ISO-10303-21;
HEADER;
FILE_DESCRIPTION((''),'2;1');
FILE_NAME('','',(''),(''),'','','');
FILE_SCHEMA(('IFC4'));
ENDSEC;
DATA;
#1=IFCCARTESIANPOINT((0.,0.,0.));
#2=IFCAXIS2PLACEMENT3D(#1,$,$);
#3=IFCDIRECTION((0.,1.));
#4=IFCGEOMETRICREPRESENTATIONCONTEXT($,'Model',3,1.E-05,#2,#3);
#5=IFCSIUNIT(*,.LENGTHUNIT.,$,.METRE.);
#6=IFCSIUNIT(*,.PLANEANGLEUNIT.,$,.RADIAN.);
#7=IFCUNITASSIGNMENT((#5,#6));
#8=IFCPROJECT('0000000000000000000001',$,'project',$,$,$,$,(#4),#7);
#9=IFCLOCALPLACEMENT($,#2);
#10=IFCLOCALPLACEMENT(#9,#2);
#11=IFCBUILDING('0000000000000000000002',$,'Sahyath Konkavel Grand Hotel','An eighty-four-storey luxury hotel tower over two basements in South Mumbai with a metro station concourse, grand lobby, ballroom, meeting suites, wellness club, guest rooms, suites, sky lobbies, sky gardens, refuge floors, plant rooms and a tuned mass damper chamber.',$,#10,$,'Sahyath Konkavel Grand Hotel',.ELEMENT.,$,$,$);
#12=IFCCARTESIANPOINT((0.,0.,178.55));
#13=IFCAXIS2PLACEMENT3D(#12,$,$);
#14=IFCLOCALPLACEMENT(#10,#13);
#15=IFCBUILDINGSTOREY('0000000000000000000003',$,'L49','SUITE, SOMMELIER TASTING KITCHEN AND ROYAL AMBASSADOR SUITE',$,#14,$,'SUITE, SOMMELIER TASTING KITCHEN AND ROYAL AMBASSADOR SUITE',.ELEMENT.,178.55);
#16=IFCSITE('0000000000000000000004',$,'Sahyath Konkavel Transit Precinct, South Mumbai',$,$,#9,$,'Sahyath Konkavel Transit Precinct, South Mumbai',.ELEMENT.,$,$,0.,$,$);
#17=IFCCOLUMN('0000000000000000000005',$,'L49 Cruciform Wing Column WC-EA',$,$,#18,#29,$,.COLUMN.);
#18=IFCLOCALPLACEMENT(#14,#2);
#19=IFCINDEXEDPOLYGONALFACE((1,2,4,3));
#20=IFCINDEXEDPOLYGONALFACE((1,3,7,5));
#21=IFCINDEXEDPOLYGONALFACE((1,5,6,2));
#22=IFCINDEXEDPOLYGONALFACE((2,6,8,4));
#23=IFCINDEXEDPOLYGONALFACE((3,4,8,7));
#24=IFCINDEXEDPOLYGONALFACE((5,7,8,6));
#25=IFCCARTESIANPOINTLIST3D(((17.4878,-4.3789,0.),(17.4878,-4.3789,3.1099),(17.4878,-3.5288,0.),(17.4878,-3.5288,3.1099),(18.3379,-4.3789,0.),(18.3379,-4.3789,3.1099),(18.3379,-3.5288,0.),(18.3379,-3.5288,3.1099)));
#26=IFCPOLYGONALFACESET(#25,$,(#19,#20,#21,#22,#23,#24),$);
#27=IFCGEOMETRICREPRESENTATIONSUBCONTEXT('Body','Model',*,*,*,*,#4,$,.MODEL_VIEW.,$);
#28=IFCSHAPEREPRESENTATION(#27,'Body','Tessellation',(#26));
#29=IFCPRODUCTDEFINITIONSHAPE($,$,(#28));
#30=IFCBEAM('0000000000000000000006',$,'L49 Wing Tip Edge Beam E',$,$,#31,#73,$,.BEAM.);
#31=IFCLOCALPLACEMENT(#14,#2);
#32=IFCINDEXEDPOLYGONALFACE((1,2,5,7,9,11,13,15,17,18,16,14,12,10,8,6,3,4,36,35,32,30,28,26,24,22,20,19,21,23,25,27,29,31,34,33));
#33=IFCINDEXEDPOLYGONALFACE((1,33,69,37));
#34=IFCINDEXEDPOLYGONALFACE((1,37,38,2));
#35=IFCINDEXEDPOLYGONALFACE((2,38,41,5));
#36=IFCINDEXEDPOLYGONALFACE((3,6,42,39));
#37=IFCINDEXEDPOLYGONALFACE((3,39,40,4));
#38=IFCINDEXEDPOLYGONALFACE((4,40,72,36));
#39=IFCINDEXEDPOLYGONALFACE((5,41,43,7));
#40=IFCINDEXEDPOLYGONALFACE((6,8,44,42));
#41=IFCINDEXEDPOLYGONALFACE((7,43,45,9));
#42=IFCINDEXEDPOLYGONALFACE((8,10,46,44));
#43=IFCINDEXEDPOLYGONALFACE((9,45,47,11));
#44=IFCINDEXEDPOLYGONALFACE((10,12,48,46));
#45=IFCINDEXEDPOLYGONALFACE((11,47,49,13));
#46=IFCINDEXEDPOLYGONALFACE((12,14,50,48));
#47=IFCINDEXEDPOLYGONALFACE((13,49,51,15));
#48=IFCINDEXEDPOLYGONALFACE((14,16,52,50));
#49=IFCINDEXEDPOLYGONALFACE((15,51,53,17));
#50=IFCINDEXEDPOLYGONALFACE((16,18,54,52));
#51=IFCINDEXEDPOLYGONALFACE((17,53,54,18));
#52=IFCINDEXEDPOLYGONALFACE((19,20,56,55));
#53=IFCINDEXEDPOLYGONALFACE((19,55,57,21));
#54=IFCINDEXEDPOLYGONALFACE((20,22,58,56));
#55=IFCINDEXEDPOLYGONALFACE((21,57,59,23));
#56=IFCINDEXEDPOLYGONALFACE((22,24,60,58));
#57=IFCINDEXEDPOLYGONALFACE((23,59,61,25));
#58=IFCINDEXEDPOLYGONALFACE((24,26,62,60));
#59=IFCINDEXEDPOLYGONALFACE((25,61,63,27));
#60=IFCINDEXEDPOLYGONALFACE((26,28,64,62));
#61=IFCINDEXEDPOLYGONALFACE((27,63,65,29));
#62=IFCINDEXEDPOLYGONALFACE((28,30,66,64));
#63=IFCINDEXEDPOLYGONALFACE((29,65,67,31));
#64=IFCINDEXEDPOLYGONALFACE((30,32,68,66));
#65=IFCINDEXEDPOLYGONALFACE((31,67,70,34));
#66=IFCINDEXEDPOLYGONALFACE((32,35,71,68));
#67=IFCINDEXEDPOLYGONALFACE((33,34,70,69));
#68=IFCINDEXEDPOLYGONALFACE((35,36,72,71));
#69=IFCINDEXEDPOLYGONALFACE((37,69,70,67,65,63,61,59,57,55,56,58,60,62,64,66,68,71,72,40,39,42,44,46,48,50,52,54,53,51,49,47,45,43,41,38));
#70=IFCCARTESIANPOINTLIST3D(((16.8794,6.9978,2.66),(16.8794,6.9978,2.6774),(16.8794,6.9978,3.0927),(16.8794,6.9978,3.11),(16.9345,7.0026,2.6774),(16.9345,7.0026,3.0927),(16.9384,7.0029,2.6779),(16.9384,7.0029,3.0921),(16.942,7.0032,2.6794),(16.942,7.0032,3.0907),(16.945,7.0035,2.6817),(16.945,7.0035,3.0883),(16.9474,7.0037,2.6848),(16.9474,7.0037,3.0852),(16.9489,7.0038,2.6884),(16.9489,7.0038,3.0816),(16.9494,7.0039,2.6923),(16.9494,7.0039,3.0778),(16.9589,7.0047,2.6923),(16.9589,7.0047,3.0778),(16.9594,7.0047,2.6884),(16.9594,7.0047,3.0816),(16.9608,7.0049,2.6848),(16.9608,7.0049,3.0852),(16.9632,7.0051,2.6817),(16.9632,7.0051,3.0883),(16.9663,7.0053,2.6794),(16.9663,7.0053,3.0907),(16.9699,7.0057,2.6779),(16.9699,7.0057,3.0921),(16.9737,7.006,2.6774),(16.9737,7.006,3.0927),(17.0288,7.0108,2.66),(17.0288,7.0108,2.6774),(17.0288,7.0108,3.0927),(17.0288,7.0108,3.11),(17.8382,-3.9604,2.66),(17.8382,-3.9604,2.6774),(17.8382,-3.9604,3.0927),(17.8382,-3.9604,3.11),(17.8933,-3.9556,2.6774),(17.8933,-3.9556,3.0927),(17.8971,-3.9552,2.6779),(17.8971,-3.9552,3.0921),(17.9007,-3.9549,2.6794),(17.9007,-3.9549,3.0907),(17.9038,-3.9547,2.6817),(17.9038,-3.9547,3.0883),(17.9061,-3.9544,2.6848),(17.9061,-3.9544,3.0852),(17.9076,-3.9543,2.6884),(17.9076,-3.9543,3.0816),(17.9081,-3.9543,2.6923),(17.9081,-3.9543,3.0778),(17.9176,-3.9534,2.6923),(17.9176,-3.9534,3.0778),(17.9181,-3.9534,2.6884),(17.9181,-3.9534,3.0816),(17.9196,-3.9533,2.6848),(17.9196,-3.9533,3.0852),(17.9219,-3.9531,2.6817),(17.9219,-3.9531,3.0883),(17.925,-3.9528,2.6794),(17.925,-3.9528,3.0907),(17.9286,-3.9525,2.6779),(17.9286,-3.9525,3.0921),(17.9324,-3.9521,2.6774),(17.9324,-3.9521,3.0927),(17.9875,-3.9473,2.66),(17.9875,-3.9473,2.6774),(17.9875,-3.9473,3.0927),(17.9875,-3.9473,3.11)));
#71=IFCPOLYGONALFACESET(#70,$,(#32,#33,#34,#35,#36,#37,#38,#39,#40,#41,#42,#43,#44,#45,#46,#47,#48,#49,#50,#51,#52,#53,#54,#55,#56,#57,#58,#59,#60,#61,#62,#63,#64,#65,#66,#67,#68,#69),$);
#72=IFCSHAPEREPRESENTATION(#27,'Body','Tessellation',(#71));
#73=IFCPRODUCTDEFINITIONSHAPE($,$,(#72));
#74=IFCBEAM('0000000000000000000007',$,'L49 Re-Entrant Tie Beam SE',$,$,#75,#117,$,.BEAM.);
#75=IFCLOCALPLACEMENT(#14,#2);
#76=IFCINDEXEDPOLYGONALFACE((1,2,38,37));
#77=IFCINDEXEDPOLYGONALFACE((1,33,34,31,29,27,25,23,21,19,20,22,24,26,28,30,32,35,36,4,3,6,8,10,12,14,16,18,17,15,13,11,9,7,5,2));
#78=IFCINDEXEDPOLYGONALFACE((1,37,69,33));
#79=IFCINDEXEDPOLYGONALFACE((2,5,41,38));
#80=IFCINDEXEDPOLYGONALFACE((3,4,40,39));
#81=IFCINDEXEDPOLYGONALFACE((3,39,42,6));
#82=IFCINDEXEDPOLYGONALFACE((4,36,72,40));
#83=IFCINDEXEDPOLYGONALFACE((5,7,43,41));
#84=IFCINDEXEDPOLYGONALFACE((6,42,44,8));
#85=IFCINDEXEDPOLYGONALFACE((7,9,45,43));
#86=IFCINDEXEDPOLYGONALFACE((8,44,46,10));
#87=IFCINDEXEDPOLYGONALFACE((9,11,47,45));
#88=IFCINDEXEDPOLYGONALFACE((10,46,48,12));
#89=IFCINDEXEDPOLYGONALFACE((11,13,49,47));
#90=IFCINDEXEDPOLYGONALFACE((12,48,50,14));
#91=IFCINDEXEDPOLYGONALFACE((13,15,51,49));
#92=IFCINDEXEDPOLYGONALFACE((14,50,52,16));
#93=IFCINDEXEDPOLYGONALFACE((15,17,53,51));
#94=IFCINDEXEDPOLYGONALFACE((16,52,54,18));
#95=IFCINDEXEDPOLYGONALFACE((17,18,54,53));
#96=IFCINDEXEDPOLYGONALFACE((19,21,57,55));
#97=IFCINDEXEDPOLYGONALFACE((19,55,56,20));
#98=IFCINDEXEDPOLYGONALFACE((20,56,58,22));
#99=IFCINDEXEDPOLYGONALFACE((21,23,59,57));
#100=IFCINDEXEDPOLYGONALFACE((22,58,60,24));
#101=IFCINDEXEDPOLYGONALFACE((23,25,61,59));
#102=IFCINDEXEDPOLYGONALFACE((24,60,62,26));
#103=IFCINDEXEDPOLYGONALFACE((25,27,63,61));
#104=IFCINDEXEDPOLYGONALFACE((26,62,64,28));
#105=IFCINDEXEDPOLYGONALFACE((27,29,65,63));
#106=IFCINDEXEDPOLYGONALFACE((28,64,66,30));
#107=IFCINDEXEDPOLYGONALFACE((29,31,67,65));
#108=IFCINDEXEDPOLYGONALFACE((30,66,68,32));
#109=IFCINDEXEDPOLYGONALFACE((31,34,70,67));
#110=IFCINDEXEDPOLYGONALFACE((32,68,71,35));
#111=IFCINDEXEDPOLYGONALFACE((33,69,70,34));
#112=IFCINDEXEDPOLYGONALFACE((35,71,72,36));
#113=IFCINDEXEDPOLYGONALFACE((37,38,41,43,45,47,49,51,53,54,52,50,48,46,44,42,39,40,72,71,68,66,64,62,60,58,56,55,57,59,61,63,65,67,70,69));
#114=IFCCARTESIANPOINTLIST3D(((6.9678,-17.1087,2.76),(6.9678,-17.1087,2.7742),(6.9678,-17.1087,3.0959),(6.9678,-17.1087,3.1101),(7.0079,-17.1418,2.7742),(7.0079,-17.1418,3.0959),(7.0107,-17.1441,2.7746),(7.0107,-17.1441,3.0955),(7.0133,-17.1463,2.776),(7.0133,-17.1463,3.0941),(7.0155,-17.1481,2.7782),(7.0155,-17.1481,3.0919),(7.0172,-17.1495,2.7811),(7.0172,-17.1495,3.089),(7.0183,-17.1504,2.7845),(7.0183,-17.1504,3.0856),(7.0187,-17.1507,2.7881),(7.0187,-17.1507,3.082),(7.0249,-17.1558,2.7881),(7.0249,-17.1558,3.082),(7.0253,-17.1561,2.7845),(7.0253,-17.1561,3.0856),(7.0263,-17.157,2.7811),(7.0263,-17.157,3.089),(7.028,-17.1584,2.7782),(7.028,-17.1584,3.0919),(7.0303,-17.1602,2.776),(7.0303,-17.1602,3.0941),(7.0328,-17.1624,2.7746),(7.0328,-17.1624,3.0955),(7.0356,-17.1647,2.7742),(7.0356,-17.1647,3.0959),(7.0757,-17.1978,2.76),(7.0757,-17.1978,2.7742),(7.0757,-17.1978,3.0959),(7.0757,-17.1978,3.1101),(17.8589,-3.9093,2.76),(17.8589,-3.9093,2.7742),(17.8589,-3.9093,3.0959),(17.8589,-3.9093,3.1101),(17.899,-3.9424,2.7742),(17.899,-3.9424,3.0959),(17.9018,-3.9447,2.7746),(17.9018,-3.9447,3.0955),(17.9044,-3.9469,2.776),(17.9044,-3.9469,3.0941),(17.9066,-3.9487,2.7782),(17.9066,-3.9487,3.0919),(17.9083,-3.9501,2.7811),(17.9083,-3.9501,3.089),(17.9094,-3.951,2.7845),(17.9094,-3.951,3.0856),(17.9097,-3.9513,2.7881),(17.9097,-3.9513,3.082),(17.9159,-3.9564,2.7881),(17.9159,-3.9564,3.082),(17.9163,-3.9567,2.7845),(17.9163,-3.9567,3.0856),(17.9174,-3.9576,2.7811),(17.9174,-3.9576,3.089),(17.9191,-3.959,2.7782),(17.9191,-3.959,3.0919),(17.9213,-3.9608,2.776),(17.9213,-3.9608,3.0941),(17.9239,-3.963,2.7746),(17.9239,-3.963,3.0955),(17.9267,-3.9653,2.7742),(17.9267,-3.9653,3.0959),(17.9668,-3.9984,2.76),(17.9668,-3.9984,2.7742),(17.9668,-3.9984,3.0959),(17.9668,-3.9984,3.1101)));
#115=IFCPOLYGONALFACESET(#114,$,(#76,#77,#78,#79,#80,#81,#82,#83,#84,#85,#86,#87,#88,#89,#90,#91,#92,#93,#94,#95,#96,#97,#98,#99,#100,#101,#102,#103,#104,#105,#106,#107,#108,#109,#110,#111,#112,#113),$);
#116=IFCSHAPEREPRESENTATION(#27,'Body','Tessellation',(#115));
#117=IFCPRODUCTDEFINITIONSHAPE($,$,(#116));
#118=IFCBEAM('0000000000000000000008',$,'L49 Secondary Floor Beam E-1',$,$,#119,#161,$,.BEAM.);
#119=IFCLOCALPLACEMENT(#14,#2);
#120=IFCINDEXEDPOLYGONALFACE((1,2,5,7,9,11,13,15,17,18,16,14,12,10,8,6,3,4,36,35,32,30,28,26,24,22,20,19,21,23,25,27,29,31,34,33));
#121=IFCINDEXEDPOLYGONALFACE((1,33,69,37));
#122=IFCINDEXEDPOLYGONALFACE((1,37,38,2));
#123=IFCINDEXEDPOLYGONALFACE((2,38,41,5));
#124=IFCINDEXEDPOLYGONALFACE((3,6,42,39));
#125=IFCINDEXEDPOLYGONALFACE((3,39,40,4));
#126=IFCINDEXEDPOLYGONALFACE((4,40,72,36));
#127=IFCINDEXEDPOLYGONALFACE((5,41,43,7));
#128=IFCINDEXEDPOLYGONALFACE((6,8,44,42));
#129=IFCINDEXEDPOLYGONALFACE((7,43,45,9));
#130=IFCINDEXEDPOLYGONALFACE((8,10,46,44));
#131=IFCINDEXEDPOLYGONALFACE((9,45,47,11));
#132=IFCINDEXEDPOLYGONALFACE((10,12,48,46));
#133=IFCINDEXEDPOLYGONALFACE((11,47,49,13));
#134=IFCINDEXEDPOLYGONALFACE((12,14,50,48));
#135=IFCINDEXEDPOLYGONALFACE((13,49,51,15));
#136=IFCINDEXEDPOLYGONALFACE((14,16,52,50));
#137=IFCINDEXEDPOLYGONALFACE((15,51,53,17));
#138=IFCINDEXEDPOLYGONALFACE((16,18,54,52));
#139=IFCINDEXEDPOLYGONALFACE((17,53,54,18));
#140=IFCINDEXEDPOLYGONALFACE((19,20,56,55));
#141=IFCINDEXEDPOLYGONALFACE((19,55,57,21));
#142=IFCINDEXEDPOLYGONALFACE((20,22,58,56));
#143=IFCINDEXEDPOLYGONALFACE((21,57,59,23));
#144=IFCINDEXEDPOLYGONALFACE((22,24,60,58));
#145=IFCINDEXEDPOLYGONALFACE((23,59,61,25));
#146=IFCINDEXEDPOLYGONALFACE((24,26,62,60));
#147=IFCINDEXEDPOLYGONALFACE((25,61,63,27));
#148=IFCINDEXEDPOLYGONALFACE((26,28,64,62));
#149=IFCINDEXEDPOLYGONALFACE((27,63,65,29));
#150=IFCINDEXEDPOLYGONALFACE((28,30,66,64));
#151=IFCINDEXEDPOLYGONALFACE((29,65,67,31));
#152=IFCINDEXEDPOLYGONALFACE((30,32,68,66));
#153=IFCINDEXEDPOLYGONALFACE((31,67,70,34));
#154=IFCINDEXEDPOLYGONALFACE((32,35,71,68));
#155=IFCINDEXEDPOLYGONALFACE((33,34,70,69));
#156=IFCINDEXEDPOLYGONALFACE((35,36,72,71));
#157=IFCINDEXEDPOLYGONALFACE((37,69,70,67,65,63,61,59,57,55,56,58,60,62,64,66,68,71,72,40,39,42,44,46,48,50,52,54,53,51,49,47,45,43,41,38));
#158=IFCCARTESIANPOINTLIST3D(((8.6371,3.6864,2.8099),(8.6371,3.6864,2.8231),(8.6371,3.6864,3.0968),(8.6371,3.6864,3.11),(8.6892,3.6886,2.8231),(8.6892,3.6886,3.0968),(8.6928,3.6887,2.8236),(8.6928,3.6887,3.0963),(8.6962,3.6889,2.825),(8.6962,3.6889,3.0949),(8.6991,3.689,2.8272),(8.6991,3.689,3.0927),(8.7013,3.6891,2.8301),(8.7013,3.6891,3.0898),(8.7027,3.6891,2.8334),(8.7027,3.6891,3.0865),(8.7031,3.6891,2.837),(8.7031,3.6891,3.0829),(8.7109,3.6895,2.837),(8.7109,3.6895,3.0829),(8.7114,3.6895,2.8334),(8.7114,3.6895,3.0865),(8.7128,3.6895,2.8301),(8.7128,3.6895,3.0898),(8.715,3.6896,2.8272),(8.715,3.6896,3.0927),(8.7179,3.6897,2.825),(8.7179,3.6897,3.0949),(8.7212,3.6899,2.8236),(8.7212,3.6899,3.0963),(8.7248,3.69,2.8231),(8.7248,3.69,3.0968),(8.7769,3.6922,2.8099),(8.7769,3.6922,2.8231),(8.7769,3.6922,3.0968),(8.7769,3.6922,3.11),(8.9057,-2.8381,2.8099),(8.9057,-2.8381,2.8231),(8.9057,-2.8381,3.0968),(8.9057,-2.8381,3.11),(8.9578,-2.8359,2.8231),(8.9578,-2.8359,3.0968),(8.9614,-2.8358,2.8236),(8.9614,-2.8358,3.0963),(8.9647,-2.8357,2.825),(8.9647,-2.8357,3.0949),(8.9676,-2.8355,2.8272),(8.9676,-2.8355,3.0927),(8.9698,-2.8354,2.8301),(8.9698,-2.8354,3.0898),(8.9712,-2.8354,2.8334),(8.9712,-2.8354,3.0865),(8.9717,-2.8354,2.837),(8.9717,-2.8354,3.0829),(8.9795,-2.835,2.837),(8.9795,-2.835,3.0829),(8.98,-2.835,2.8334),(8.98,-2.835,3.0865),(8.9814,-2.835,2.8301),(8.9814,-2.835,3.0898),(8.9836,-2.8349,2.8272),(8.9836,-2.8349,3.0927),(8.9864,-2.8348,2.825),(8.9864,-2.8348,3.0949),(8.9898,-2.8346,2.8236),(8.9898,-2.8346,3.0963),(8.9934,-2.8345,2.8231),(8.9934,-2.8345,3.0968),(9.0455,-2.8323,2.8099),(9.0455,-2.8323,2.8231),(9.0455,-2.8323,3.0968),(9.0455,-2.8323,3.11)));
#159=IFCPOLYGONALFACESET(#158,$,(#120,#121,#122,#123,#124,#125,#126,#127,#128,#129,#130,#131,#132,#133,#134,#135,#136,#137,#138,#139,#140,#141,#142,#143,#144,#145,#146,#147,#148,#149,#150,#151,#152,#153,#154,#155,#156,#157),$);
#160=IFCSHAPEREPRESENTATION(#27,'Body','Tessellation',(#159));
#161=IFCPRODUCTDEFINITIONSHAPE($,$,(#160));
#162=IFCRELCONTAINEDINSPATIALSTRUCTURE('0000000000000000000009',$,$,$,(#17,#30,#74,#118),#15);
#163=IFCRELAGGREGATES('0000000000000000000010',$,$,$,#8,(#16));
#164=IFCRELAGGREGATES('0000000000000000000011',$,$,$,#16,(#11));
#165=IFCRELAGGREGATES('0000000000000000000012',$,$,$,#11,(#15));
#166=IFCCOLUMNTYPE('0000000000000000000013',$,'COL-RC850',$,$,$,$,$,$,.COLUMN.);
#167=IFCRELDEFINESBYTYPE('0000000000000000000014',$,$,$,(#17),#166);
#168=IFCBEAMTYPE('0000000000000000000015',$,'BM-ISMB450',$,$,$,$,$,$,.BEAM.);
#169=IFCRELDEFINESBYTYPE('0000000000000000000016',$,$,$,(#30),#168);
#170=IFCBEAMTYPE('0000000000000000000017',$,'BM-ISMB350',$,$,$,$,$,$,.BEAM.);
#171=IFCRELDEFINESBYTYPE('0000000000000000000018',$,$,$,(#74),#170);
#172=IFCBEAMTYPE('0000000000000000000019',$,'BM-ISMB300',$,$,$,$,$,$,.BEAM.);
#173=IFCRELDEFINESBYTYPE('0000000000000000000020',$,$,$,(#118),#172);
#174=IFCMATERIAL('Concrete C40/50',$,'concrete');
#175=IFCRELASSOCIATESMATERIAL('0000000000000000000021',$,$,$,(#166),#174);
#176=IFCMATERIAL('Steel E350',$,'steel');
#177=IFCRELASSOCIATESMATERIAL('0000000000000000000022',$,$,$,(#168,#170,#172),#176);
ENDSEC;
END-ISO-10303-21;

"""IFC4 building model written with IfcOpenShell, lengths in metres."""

from ifc_helpers import new_model, si_unit, direction, frame, origin, origin_2d, place, context, subcontext, project, spatial, rectangle, i_section, extrude, source, transform, mapped, material, material_profile, profile_set, type_object, element, save


model = new_model("IFC4")

# Units and contexts
model_context = context("Model", 3, precision=1e-05, world=origin(), true_north=direction((0.0, 1.0)))
body_context = subcontext(model_context, "Body", "Model", "MODEL_VIEW")
ifc_project = project(units=[si_unit("LENGTHUNIT", "METRE"), si_unit("PLANEANGLEUNIT", "RADIAN")], contexts=[model_context])

# Site, building, storey
site_placement = place(None, origin())
site = spatial("IfcSite", under=ifc_project, at=site_placement, Name="Sahyath Konkavel Transit Precinct, South Mumbai", LongName="Sahyath Konkavel Transit Precinct, South Mumbai", CompositionType="ELEMENT", RefElevation=0.0)
building_placement = place(site_placement, origin())
building = spatial("IfcBuilding", under=site, at=building_placement, Name="Sahyath Konkavel Grand Hotel", Description="An eighty-four-storey luxury hotel tower over two basements in South Mumbai with a metro station concourse, grand lobby, ballroom, meeting suites, wellness club, guest rooms, suites, sky lobbies, sky gardens, refuge floors, plant rooms and a tuned mass damper chamber.", LongName="Sahyath Konkavel Grand Hotel", CompositionType="ELEMENT")
storey_placement = place(building_placement, frame((0.0, 0.0, 178.55)))
storey = spatial("IfcBuildingStorey", under=building, at=storey_placement, Name="L49", Description="SUITE, SOMMELIER TASTING KITCHEN AND ROYAL AMBASSADOR SUITE", LongName="SUITE, SOMMELIER TASTING KITCHEN AND ROYAL AMBASSADOR SUITE", CompositionType="ELEMENT", Elevation=178.55)

# Column
ifc_material_1 = material(Name="Concrete C40/50", Category="concrete")
ifc_material_profile_1 = material_profile(ifc_material_1, rectangle(XDim=0.8501, YDim=0.8501, at=origin_2d()), Name="RC 850x850")
ifc_profile_set_1 = profile_set([ifc_material_profile_1], Name="Concrete C40/50")
column_type = type_object("IfcColumnType", Name="COL-RC850", PredefinedType="COLUMN", material=ifc_profile_set_1)
shared_shape_1 = source(origin(), body_context, "Body", "SweptSolid", [
    extrude(rectangle(XDim=0.8501, YDim=0.8501, at=origin_2d()), origin(), (0.0, 0.0, 1.0), 3.1099),
])
column_placement = place(storey_placement, frame((17.9128, -3.9539, 0.0), z_axis=(0.0, 0.0, 1.0), x_axis=(1.0, 0.0, 0.0)))
element("IfcColumn", 1, at=column_placement, inside=storey, type_object=column_type, Name="L49 Cruciform Wing Column WC-EA", PredefinedType="COLUMN", context=body_context, shape_type="MappedRepresentation", body=[
    mapped(shared_shape_1, transform((0.0, 0.0, 0.0), scale=1.0)),
])

# Beams
ifc_material_2 = material(Name="Steel E350", Category="steel")
ifc_material_profile_2 = material_profile(ifc_material_2, i_section(OverallWidth=0.1499, OverallDepth=0.45, WebThickness=0.0095, FlangeThickness=0.0173, FilletRadius=0.0149, at=origin_2d()), Name="ISMB 450")
ifc_profile_set_2 = profile_set([ifc_material_profile_2], Name="Steel E350")
beam_type_1 = type_object("IfcBeamType", Name="BM-ISMB450", PredefinedType="BEAM", material=ifc_profile_set_2)
shared_shape_2 = source(origin(), body_context, "Body", "SweptSolid", [
    extrude(i_section(OverallWidth=0.1499, OverallDepth=0.45, WebThickness=0.0095, FlangeThickness=0.0173, FilletRadius=0.0149, at=origin_2d()), origin(), (0.0, 0.0, 1.0), 11.0),
])
beam_1_placement = place(storey_placement, frame((17.9128, -3.9539, 2.885), z_axis=(-0.087157, 0.996195, 0.0), x_axis=(-0.996195, -0.087157, 0.0)))
element("IfcBeam", 2, at=beam_1_placement, inside=storey, type_object=beam_type_1, Name="L49 Wing Tip Edge Beam E", PredefinedType="BEAM", context=body_context, shape_type="MappedRepresentation", body=[
    mapped(shared_shape_2, transform((0.0, 0.0, 0.0), scale=1.0)),
])
ifc_material_profile_3 = material_profile(ifc_material_2, i_section(OverallWidth=0.1399, OverallDepth=0.3501, WebThickness=0.0081, FlangeThickness=0.0142, FilletRadius=0.0139, at=origin_2d()), Name="ISMB 350")
ifc_profile_set_3 = profile_set([ifc_material_profile_3], Name="Steel E350")
beam_type_2 = type_object("IfcBeamType", Name="BM-ISMB350", PredefinedType="BEAM", material=ifc_profile_set_3)
shared_shape_3 = source(origin(), body_context, "Body", "SweptSolid", [
    extrude(i_section(OverallWidth=0.1399, OverallDepth=0.3501, WebThickness=0.0081, FlangeThickness=0.0142, FilletRadius=0.0139, at=origin_2d()), origin(), (0.0, 0.0, 1.0), 17.1125),
])
beam_2_placement = place(storey_placement, frame((17.9128, -3.9539, 2.9351), z_axis=(-0.636437, -0.771329, 0.0), x_axis=(0.771329, -0.636437, 0.0)))
element("IfcBeam", 3, at=beam_2_placement, inside=storey, type_object=beam_type_2, Name="L49 Re-Entrant Tie Beam SE", PredefinedType="BEAM", context=body_context, shape_type="MappedRepresentation", body=[
    mapped(shared_shape_3, transform((0.0, 0.0, 0.0), scale=1.0)),
])
ifc_material_profile_4 = material_profile(ifc_material_2, i_section(OverallWidth=0.1399, OverallDepth=0.3, WebThickness=0.0078, FlangeThickness=0.0132, FilletRadius=0.0139, at=origin_2d()), Name="ISMB 300")
ifc_profile_set_4 = profile_set([ifc_material_profile_4], Name="Steel E350")
beam_type_3 = type_object("IfcBeamType", Name="BM-ISMB300", PredefinedType="BEAM", material=ifc_profile_set_4)
shared_shape_4 = source(origin(), body_context, "Body", "SweptSolid", [
    extrude(i_section(OverallWidth=0.1399, OverallDepth=0.3, WebThickness=0.0078, FlangeThickness=0.0132, FilletRadius=0.0139, at=origin_2d()), origin(), (0.0, 0.0, 1.0), 6.53),
])
beam_3_placement = place(storey_placement, frame((8.9756, -2.8352, 2.96), z_axis=(-0.041127, 0.999154, 0.0), x_axis=(-0.999154, -0.041127, 0.0)))
element("IfcBeam", 4, at=beam_3_placement, inside=storey, type_object=beam_type_3, Name="L49 Secondary Floor Beam E-1", PredefinedType="BEAM", context=body_context, shape_type="MappedRepresentation", body=[
    mapped(shared_shape_4, transform((0.0, 0.0, 0.0), scale=1.0)),
])

save(model, "model.ifc")
